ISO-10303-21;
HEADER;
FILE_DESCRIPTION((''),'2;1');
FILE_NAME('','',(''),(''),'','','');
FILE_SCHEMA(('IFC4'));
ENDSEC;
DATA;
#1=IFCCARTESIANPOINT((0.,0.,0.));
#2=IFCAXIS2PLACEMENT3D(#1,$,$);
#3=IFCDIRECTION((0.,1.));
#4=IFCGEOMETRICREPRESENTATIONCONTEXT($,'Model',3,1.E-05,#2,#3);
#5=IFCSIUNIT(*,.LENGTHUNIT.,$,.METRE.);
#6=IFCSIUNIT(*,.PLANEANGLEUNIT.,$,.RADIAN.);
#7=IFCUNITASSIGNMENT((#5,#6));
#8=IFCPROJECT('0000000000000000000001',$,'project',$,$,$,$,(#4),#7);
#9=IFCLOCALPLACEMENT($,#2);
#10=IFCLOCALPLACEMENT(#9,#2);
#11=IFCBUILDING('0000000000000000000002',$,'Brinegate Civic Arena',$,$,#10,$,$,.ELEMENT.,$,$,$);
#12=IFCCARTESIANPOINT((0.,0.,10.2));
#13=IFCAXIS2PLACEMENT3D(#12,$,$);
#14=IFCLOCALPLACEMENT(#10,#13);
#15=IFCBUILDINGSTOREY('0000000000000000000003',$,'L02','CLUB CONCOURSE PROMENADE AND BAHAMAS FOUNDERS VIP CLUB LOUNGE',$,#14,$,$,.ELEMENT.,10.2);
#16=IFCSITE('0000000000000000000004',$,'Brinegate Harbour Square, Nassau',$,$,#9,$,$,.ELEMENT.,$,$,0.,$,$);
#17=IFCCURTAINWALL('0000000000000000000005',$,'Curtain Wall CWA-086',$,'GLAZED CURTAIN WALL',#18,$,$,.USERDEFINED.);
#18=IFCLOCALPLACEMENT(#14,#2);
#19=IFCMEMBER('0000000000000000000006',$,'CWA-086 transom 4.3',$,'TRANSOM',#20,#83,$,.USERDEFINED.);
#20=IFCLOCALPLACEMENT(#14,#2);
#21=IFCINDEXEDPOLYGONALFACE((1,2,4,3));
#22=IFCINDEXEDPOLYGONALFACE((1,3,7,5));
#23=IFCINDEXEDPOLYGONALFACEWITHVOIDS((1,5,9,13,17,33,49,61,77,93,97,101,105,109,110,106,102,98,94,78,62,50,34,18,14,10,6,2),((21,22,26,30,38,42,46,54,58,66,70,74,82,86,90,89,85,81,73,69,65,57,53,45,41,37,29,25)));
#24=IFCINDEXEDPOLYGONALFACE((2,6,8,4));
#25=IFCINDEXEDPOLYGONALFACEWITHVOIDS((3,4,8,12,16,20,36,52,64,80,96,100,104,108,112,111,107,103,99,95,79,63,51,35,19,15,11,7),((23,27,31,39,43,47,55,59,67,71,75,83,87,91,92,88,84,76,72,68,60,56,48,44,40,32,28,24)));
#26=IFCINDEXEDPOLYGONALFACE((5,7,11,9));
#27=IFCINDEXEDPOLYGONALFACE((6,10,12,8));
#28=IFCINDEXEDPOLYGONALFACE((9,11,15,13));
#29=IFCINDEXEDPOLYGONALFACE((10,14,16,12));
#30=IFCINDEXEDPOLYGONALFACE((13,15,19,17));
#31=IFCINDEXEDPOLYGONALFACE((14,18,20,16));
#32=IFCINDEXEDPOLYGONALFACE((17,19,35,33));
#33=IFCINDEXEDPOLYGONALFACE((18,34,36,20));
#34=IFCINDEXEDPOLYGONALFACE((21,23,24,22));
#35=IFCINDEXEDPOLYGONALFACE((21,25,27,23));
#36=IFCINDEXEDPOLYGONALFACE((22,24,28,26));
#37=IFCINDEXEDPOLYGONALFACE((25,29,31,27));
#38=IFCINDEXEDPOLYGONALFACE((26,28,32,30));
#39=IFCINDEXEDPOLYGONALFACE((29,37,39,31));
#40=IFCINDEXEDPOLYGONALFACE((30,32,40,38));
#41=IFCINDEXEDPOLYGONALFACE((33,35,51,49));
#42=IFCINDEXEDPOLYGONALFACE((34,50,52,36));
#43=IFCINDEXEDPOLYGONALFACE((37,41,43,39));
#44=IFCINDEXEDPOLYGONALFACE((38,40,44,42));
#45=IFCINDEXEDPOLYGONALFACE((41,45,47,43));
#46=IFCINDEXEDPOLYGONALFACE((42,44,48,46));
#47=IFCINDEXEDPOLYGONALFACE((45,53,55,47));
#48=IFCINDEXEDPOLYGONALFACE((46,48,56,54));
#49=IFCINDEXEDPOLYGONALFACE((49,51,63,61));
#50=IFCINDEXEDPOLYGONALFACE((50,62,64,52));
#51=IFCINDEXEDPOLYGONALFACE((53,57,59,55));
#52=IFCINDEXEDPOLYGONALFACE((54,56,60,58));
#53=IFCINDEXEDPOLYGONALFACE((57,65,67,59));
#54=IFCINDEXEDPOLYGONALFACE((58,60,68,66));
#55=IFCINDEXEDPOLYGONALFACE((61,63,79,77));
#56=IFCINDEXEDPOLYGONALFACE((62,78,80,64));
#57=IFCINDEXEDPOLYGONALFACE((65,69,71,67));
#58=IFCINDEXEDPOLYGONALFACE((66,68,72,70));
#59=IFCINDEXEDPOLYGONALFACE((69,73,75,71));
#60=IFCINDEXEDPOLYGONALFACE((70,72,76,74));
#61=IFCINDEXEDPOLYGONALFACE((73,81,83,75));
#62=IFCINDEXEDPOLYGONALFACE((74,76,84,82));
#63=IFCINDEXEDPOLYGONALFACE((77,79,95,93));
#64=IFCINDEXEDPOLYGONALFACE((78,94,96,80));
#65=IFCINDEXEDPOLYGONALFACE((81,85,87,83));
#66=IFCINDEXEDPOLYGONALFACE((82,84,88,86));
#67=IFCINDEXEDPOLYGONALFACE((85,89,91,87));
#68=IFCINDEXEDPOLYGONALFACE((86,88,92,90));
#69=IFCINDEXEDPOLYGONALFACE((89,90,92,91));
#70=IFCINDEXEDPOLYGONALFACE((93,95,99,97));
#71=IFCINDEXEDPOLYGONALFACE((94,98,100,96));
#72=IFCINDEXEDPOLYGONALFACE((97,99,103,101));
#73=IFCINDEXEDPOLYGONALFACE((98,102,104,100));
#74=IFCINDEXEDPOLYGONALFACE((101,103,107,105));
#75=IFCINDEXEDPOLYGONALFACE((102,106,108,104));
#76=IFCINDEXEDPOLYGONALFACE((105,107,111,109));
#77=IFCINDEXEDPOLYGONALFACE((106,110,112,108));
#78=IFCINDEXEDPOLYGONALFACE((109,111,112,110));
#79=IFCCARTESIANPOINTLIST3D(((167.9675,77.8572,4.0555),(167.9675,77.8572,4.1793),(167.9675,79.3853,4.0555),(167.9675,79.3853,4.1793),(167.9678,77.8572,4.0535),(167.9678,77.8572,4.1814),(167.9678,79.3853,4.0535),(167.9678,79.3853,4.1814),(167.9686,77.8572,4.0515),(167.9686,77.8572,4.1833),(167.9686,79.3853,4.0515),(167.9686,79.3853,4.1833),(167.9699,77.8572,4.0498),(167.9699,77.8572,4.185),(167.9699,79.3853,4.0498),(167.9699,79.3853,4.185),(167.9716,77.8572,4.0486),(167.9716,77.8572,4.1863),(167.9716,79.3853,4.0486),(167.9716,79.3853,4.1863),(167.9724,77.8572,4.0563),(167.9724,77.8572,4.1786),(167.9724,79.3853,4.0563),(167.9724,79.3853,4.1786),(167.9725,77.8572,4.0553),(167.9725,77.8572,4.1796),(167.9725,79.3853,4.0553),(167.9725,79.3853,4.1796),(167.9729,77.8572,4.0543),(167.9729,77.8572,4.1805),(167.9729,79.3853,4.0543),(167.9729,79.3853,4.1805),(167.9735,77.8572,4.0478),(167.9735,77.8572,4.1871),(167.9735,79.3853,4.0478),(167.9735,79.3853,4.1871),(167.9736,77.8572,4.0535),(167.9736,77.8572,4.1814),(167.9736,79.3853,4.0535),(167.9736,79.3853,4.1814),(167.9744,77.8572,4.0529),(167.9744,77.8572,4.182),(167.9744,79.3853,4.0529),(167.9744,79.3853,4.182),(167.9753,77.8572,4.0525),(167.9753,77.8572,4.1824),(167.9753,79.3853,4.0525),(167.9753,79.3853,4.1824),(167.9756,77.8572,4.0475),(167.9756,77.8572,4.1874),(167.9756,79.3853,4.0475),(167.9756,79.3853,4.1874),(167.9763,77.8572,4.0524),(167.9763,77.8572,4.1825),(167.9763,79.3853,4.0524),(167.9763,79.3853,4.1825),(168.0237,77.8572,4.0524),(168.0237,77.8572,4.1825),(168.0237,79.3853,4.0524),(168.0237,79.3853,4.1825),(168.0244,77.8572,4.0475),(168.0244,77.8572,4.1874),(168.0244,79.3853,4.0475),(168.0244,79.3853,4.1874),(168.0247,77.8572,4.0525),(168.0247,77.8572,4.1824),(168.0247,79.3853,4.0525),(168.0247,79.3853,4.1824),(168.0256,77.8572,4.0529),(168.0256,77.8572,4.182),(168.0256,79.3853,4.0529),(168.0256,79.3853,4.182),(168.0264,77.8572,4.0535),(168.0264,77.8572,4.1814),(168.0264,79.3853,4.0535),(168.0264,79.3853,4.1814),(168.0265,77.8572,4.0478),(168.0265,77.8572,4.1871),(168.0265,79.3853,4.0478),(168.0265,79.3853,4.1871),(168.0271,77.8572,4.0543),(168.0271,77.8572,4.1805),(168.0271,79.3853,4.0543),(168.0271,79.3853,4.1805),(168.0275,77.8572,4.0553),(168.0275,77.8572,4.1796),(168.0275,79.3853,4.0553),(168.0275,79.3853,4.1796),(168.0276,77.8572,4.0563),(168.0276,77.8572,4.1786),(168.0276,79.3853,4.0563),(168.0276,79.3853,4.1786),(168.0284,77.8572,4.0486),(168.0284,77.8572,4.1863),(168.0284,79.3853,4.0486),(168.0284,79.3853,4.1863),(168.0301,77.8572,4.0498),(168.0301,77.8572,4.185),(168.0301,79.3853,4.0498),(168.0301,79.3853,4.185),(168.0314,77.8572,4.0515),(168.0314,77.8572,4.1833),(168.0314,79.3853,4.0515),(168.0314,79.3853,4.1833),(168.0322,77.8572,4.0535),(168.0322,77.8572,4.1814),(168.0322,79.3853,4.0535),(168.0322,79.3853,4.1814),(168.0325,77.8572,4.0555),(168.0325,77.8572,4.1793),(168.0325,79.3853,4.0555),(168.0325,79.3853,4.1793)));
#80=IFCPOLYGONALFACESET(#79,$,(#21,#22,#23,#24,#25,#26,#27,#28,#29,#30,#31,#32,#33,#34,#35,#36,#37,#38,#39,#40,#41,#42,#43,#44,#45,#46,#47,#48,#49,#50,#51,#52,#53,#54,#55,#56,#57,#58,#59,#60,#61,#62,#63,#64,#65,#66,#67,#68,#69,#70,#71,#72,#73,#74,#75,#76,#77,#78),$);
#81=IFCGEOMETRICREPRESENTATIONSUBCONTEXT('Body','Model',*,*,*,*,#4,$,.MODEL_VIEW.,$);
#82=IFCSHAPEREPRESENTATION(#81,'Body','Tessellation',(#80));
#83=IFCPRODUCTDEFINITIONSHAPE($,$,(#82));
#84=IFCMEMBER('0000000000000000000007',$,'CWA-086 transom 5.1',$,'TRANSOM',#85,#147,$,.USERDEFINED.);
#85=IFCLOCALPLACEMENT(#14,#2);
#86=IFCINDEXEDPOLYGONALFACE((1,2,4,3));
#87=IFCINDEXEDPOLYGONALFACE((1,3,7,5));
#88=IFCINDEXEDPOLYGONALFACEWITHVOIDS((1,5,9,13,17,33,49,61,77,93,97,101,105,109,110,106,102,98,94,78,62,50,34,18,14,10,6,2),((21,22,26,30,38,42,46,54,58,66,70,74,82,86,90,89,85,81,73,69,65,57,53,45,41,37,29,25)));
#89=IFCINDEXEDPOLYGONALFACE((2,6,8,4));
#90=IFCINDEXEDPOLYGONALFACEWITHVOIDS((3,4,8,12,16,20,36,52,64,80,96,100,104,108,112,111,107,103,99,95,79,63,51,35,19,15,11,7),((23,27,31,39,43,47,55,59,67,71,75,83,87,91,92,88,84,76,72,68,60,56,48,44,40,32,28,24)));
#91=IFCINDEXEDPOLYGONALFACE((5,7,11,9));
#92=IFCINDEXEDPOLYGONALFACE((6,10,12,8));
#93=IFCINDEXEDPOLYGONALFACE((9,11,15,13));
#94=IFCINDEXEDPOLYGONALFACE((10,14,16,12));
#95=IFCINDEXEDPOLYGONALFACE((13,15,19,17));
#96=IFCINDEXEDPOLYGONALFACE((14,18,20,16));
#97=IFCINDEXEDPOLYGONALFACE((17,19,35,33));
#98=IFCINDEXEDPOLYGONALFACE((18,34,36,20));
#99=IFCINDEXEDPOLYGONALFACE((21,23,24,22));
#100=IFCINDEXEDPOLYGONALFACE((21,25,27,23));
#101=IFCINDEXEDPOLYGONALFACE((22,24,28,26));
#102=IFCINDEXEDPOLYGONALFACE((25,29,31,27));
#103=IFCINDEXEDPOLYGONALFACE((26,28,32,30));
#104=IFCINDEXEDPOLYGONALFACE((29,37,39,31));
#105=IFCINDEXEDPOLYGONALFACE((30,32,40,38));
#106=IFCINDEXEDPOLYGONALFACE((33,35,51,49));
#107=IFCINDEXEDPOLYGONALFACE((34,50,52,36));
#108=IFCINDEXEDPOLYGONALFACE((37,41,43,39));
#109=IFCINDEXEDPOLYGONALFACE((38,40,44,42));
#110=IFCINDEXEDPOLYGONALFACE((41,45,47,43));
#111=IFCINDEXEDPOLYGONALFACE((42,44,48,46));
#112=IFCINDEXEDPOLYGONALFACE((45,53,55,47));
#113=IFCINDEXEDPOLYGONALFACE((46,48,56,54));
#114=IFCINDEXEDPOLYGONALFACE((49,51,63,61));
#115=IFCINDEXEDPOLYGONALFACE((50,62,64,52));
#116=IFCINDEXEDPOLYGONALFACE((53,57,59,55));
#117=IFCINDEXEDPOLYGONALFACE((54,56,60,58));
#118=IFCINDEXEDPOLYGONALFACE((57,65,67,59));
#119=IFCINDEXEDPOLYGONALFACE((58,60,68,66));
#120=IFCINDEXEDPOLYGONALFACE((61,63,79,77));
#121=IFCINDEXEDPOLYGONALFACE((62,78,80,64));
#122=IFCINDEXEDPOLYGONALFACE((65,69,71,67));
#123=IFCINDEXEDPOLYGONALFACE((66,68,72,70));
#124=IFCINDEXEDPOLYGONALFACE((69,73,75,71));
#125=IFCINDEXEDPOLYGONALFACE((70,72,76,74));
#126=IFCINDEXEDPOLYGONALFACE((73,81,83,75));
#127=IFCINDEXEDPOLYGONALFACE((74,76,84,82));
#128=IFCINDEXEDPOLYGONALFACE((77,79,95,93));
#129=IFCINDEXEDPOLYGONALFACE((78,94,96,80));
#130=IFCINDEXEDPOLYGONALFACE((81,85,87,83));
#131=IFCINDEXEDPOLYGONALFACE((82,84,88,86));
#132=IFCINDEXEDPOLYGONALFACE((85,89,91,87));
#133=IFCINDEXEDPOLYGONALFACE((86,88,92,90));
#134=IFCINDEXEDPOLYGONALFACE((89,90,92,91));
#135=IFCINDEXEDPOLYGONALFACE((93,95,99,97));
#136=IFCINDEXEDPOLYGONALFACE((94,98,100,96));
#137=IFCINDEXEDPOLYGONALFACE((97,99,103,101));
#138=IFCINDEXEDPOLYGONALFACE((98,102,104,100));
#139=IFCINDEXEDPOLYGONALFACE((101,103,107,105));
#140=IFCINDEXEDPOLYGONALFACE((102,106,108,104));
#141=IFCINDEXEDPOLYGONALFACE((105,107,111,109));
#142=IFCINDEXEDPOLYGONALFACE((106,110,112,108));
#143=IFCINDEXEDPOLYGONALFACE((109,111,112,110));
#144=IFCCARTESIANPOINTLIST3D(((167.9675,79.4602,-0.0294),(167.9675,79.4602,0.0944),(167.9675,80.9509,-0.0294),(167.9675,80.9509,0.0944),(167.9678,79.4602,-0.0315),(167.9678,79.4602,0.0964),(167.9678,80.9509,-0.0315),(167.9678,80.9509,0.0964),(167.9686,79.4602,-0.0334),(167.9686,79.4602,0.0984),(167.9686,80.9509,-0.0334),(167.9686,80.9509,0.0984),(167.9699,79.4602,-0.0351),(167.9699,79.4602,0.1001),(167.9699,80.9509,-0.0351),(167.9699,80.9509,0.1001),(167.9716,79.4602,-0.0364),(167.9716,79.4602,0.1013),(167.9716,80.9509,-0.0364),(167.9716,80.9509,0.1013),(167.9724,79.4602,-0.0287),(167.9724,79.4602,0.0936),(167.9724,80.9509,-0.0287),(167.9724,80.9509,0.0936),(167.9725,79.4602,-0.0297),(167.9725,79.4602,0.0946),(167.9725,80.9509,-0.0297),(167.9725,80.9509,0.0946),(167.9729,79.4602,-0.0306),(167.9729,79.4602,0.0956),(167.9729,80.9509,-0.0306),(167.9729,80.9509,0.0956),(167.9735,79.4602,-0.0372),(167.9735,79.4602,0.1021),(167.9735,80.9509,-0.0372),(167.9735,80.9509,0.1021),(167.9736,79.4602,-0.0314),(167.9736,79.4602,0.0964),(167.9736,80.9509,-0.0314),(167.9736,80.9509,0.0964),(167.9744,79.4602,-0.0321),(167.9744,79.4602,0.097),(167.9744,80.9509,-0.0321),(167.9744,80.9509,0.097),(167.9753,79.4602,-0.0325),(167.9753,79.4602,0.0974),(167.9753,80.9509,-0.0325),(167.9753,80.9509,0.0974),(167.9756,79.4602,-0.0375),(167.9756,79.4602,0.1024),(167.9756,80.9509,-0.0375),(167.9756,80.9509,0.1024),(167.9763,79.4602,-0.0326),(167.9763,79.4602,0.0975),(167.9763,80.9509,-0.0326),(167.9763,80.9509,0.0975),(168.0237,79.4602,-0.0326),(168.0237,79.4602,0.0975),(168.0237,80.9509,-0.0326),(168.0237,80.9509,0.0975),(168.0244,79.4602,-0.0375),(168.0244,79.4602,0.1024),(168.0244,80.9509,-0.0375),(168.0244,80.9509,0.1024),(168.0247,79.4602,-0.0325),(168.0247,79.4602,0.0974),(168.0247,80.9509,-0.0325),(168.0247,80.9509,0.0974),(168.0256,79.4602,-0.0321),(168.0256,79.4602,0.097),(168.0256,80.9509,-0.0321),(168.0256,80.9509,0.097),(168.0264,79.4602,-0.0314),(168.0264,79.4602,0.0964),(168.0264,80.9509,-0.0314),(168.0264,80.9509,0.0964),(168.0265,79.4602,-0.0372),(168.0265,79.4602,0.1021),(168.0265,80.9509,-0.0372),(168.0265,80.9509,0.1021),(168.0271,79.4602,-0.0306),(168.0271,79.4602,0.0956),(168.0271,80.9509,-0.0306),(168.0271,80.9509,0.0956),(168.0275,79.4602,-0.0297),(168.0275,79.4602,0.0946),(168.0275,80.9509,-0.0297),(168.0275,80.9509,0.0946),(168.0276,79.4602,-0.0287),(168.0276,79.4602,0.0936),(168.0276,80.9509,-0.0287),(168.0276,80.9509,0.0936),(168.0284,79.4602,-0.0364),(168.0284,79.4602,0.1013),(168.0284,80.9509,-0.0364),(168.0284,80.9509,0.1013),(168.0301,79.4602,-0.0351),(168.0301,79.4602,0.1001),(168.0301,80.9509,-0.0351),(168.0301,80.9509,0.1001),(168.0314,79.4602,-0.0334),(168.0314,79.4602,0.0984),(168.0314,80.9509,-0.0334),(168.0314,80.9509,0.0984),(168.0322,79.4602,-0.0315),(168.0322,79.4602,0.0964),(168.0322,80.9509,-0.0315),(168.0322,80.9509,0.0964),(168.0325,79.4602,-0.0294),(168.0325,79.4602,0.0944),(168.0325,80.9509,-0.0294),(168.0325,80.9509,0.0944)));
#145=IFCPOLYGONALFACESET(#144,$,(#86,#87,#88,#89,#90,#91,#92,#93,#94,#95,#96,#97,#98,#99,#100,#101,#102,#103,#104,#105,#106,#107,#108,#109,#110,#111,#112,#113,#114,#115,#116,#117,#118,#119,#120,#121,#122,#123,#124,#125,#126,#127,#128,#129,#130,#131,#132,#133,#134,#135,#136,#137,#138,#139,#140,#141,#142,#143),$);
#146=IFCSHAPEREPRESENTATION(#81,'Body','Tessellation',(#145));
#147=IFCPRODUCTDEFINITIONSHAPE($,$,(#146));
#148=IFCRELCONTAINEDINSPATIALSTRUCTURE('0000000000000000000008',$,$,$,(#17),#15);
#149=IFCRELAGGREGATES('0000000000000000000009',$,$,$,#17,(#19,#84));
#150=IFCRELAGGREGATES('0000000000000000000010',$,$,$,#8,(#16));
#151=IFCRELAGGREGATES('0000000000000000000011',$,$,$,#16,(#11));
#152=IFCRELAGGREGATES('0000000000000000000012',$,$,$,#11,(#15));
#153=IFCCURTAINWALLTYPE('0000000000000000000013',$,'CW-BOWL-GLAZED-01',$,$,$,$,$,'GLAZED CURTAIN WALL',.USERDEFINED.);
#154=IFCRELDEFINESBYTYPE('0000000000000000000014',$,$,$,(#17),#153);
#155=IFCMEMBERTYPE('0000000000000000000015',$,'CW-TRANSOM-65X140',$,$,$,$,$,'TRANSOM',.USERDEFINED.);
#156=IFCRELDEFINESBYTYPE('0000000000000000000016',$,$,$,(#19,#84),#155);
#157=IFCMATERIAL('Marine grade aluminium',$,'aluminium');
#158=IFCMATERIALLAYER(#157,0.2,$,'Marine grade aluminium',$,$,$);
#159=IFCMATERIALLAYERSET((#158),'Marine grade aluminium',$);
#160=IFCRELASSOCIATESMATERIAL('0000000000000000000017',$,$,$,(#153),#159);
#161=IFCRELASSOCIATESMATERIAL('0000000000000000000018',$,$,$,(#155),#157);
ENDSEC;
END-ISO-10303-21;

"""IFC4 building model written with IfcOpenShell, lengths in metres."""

from ifc_helpers import new_model, si_unit, direction, frame, origin, origin_2d, place, context, subcontext, project, spatial, hollow_rectangle, extrude, material, layer, layer_set, material_profile, profile_set, type_object, element, aggregate, save


model = new_model("IFC4")

# Units and contexts
model_context = context("Model", 3, precision=1e-05, world=origin(), true_north=direction((0.0, 1.0)))
body_context = subcontext(model_context, "Body", "Model", "MODEL_VIEW")
ifc_project = project(units=[si_unit("LENGTHUNIT", "METRE"), si_unit("PLANEANGLEUNIT", "RADIAN")], contexts=[model_context])

# Site, building, storey
site_placement = place(None, origin())
site = spatial("IfcSite", under=ifc_project, at=site_placement, Name="Brinegate Harbour Square, Nassau", CompositionType="ELEMENT", RefElevation=0.0)
building_placement = place(site_placement, origin())
building = spatial("IfcBuilding", under=site, at=building_placement, Name="Brinegate Civic Arena", CompositionType="ELEMENT")
storey_placement = place(building_placement, frame((0.0, 0.0, 10.2)))
storey = spatial("IfcBuildingStorey", under=building, at=storey_placement, Name="L02", Description="CLUB CONCOURSE PROMENADE AND BAHAMAS FOUNDERS VIP CLUB LOUNGE", CompositionType="ELEMENT", Elevation=10.2)

# Shared definitions
ifc_material_1 = material(Name="Marine grade aluminium", Category="aluminium")
ifc_layer_1 = layer(ifc_material_1, 0.2, Name="Marine grade aluminium")
ifc_layer_set_1 = layer_set([ifc_layer_1], Name="Marine grade aluminium")
curtain_wall_type = type_object("IfcCurtainWallType", Name="CW-BOWL-GLAZED-01", ElementType="GLAZED CURTAIN WALL", PredefinedType="USERDEFINED", material=ifc_layer_set_1)

# Curtain wall, members
curtain_wall_1_placement = place(storey_placement, origin())
curtain_wall_1 = element("IfcCurtainWall", 1, at=curtain_wall_1_placement, inside=storey, type_object=curtain_wall_type, Name="Curtain Wall CWA-086", ObjectType="GLAZED CURTAIN WALL", PredefinedType="USERDEFINED")
ifc_material_profile_1 = material_profile(ifc_material_1, hollow_rectangle(XDim=0.0649, YDim=0.1399, WallThickness=0.0049, InnerFilletRadius=0.0039, OuterFilletRadius=0.0081, at=origin_2d()), Name="TRN65X140")
ifc_profile_set_1 = profile_set([ifc_material_profile_1], Name="Marine grade aluminium")
member_type_1 = type_object("IfcMemberType", Name="CW-TRANSOM-65X140", ElementType="TRANSOM", PredefinedType="USERDEFINED", material=ifc_profile_set_1)
member_1_placement = place(storey_placement, frame((168.0, 77.8572, 4.1174), z_axis=(0.0, 1.0, 0.0), x_axis=(-1.0, 0.0, 0.0)))
member_1 = element("IfcMember", 2, at=member_1_placement, type_object=member_type_1, Name="CWA-086 transom 4.3", ObjectType="TRANSOM", PredefinedType="USERDEFINED", context=body_context, shape_type="SweptSolid", body=[
    extrude(hollow_rectangle(XDim=0.0649, YDim=0.1399, WallThickness=0.0049, InnerFilletRadius=0.0039, OuterFilletRadius=0.0081, at=origin_2d()), origin(), (0.0, 0.0, 1.0), 1.5281),
])
member_2_placement = place(storey_placement, frame((168.0, 79.4602, 0.0325), z_axis=(0.0, 1.0, 0.0), x_axis=(-1.0, 0.0, 0.0)))
member_2 = element("IfcMember", 3, at=member_2_placement, type_object=member_type_1, Name="CWA-086 transom 5.1", ObjectType="TRANSOM", PredefinedType="USERDEFINED", context=body_context, shape_type="SweptSolid", body=[
    extrude(hollow_rectangle(XDim=0.0649, YDim=0.1399, WallThickness=0.0049, InnerFilletRadius=0.0039, OuterFilletRadius=0.0081, at=origin_2d()), origin(), (0.0, 0.0, 1.0), 1.4907),
])

aggregate(curtain_wall_1, [member_1, member_2])

save(model, "model.ifc")
